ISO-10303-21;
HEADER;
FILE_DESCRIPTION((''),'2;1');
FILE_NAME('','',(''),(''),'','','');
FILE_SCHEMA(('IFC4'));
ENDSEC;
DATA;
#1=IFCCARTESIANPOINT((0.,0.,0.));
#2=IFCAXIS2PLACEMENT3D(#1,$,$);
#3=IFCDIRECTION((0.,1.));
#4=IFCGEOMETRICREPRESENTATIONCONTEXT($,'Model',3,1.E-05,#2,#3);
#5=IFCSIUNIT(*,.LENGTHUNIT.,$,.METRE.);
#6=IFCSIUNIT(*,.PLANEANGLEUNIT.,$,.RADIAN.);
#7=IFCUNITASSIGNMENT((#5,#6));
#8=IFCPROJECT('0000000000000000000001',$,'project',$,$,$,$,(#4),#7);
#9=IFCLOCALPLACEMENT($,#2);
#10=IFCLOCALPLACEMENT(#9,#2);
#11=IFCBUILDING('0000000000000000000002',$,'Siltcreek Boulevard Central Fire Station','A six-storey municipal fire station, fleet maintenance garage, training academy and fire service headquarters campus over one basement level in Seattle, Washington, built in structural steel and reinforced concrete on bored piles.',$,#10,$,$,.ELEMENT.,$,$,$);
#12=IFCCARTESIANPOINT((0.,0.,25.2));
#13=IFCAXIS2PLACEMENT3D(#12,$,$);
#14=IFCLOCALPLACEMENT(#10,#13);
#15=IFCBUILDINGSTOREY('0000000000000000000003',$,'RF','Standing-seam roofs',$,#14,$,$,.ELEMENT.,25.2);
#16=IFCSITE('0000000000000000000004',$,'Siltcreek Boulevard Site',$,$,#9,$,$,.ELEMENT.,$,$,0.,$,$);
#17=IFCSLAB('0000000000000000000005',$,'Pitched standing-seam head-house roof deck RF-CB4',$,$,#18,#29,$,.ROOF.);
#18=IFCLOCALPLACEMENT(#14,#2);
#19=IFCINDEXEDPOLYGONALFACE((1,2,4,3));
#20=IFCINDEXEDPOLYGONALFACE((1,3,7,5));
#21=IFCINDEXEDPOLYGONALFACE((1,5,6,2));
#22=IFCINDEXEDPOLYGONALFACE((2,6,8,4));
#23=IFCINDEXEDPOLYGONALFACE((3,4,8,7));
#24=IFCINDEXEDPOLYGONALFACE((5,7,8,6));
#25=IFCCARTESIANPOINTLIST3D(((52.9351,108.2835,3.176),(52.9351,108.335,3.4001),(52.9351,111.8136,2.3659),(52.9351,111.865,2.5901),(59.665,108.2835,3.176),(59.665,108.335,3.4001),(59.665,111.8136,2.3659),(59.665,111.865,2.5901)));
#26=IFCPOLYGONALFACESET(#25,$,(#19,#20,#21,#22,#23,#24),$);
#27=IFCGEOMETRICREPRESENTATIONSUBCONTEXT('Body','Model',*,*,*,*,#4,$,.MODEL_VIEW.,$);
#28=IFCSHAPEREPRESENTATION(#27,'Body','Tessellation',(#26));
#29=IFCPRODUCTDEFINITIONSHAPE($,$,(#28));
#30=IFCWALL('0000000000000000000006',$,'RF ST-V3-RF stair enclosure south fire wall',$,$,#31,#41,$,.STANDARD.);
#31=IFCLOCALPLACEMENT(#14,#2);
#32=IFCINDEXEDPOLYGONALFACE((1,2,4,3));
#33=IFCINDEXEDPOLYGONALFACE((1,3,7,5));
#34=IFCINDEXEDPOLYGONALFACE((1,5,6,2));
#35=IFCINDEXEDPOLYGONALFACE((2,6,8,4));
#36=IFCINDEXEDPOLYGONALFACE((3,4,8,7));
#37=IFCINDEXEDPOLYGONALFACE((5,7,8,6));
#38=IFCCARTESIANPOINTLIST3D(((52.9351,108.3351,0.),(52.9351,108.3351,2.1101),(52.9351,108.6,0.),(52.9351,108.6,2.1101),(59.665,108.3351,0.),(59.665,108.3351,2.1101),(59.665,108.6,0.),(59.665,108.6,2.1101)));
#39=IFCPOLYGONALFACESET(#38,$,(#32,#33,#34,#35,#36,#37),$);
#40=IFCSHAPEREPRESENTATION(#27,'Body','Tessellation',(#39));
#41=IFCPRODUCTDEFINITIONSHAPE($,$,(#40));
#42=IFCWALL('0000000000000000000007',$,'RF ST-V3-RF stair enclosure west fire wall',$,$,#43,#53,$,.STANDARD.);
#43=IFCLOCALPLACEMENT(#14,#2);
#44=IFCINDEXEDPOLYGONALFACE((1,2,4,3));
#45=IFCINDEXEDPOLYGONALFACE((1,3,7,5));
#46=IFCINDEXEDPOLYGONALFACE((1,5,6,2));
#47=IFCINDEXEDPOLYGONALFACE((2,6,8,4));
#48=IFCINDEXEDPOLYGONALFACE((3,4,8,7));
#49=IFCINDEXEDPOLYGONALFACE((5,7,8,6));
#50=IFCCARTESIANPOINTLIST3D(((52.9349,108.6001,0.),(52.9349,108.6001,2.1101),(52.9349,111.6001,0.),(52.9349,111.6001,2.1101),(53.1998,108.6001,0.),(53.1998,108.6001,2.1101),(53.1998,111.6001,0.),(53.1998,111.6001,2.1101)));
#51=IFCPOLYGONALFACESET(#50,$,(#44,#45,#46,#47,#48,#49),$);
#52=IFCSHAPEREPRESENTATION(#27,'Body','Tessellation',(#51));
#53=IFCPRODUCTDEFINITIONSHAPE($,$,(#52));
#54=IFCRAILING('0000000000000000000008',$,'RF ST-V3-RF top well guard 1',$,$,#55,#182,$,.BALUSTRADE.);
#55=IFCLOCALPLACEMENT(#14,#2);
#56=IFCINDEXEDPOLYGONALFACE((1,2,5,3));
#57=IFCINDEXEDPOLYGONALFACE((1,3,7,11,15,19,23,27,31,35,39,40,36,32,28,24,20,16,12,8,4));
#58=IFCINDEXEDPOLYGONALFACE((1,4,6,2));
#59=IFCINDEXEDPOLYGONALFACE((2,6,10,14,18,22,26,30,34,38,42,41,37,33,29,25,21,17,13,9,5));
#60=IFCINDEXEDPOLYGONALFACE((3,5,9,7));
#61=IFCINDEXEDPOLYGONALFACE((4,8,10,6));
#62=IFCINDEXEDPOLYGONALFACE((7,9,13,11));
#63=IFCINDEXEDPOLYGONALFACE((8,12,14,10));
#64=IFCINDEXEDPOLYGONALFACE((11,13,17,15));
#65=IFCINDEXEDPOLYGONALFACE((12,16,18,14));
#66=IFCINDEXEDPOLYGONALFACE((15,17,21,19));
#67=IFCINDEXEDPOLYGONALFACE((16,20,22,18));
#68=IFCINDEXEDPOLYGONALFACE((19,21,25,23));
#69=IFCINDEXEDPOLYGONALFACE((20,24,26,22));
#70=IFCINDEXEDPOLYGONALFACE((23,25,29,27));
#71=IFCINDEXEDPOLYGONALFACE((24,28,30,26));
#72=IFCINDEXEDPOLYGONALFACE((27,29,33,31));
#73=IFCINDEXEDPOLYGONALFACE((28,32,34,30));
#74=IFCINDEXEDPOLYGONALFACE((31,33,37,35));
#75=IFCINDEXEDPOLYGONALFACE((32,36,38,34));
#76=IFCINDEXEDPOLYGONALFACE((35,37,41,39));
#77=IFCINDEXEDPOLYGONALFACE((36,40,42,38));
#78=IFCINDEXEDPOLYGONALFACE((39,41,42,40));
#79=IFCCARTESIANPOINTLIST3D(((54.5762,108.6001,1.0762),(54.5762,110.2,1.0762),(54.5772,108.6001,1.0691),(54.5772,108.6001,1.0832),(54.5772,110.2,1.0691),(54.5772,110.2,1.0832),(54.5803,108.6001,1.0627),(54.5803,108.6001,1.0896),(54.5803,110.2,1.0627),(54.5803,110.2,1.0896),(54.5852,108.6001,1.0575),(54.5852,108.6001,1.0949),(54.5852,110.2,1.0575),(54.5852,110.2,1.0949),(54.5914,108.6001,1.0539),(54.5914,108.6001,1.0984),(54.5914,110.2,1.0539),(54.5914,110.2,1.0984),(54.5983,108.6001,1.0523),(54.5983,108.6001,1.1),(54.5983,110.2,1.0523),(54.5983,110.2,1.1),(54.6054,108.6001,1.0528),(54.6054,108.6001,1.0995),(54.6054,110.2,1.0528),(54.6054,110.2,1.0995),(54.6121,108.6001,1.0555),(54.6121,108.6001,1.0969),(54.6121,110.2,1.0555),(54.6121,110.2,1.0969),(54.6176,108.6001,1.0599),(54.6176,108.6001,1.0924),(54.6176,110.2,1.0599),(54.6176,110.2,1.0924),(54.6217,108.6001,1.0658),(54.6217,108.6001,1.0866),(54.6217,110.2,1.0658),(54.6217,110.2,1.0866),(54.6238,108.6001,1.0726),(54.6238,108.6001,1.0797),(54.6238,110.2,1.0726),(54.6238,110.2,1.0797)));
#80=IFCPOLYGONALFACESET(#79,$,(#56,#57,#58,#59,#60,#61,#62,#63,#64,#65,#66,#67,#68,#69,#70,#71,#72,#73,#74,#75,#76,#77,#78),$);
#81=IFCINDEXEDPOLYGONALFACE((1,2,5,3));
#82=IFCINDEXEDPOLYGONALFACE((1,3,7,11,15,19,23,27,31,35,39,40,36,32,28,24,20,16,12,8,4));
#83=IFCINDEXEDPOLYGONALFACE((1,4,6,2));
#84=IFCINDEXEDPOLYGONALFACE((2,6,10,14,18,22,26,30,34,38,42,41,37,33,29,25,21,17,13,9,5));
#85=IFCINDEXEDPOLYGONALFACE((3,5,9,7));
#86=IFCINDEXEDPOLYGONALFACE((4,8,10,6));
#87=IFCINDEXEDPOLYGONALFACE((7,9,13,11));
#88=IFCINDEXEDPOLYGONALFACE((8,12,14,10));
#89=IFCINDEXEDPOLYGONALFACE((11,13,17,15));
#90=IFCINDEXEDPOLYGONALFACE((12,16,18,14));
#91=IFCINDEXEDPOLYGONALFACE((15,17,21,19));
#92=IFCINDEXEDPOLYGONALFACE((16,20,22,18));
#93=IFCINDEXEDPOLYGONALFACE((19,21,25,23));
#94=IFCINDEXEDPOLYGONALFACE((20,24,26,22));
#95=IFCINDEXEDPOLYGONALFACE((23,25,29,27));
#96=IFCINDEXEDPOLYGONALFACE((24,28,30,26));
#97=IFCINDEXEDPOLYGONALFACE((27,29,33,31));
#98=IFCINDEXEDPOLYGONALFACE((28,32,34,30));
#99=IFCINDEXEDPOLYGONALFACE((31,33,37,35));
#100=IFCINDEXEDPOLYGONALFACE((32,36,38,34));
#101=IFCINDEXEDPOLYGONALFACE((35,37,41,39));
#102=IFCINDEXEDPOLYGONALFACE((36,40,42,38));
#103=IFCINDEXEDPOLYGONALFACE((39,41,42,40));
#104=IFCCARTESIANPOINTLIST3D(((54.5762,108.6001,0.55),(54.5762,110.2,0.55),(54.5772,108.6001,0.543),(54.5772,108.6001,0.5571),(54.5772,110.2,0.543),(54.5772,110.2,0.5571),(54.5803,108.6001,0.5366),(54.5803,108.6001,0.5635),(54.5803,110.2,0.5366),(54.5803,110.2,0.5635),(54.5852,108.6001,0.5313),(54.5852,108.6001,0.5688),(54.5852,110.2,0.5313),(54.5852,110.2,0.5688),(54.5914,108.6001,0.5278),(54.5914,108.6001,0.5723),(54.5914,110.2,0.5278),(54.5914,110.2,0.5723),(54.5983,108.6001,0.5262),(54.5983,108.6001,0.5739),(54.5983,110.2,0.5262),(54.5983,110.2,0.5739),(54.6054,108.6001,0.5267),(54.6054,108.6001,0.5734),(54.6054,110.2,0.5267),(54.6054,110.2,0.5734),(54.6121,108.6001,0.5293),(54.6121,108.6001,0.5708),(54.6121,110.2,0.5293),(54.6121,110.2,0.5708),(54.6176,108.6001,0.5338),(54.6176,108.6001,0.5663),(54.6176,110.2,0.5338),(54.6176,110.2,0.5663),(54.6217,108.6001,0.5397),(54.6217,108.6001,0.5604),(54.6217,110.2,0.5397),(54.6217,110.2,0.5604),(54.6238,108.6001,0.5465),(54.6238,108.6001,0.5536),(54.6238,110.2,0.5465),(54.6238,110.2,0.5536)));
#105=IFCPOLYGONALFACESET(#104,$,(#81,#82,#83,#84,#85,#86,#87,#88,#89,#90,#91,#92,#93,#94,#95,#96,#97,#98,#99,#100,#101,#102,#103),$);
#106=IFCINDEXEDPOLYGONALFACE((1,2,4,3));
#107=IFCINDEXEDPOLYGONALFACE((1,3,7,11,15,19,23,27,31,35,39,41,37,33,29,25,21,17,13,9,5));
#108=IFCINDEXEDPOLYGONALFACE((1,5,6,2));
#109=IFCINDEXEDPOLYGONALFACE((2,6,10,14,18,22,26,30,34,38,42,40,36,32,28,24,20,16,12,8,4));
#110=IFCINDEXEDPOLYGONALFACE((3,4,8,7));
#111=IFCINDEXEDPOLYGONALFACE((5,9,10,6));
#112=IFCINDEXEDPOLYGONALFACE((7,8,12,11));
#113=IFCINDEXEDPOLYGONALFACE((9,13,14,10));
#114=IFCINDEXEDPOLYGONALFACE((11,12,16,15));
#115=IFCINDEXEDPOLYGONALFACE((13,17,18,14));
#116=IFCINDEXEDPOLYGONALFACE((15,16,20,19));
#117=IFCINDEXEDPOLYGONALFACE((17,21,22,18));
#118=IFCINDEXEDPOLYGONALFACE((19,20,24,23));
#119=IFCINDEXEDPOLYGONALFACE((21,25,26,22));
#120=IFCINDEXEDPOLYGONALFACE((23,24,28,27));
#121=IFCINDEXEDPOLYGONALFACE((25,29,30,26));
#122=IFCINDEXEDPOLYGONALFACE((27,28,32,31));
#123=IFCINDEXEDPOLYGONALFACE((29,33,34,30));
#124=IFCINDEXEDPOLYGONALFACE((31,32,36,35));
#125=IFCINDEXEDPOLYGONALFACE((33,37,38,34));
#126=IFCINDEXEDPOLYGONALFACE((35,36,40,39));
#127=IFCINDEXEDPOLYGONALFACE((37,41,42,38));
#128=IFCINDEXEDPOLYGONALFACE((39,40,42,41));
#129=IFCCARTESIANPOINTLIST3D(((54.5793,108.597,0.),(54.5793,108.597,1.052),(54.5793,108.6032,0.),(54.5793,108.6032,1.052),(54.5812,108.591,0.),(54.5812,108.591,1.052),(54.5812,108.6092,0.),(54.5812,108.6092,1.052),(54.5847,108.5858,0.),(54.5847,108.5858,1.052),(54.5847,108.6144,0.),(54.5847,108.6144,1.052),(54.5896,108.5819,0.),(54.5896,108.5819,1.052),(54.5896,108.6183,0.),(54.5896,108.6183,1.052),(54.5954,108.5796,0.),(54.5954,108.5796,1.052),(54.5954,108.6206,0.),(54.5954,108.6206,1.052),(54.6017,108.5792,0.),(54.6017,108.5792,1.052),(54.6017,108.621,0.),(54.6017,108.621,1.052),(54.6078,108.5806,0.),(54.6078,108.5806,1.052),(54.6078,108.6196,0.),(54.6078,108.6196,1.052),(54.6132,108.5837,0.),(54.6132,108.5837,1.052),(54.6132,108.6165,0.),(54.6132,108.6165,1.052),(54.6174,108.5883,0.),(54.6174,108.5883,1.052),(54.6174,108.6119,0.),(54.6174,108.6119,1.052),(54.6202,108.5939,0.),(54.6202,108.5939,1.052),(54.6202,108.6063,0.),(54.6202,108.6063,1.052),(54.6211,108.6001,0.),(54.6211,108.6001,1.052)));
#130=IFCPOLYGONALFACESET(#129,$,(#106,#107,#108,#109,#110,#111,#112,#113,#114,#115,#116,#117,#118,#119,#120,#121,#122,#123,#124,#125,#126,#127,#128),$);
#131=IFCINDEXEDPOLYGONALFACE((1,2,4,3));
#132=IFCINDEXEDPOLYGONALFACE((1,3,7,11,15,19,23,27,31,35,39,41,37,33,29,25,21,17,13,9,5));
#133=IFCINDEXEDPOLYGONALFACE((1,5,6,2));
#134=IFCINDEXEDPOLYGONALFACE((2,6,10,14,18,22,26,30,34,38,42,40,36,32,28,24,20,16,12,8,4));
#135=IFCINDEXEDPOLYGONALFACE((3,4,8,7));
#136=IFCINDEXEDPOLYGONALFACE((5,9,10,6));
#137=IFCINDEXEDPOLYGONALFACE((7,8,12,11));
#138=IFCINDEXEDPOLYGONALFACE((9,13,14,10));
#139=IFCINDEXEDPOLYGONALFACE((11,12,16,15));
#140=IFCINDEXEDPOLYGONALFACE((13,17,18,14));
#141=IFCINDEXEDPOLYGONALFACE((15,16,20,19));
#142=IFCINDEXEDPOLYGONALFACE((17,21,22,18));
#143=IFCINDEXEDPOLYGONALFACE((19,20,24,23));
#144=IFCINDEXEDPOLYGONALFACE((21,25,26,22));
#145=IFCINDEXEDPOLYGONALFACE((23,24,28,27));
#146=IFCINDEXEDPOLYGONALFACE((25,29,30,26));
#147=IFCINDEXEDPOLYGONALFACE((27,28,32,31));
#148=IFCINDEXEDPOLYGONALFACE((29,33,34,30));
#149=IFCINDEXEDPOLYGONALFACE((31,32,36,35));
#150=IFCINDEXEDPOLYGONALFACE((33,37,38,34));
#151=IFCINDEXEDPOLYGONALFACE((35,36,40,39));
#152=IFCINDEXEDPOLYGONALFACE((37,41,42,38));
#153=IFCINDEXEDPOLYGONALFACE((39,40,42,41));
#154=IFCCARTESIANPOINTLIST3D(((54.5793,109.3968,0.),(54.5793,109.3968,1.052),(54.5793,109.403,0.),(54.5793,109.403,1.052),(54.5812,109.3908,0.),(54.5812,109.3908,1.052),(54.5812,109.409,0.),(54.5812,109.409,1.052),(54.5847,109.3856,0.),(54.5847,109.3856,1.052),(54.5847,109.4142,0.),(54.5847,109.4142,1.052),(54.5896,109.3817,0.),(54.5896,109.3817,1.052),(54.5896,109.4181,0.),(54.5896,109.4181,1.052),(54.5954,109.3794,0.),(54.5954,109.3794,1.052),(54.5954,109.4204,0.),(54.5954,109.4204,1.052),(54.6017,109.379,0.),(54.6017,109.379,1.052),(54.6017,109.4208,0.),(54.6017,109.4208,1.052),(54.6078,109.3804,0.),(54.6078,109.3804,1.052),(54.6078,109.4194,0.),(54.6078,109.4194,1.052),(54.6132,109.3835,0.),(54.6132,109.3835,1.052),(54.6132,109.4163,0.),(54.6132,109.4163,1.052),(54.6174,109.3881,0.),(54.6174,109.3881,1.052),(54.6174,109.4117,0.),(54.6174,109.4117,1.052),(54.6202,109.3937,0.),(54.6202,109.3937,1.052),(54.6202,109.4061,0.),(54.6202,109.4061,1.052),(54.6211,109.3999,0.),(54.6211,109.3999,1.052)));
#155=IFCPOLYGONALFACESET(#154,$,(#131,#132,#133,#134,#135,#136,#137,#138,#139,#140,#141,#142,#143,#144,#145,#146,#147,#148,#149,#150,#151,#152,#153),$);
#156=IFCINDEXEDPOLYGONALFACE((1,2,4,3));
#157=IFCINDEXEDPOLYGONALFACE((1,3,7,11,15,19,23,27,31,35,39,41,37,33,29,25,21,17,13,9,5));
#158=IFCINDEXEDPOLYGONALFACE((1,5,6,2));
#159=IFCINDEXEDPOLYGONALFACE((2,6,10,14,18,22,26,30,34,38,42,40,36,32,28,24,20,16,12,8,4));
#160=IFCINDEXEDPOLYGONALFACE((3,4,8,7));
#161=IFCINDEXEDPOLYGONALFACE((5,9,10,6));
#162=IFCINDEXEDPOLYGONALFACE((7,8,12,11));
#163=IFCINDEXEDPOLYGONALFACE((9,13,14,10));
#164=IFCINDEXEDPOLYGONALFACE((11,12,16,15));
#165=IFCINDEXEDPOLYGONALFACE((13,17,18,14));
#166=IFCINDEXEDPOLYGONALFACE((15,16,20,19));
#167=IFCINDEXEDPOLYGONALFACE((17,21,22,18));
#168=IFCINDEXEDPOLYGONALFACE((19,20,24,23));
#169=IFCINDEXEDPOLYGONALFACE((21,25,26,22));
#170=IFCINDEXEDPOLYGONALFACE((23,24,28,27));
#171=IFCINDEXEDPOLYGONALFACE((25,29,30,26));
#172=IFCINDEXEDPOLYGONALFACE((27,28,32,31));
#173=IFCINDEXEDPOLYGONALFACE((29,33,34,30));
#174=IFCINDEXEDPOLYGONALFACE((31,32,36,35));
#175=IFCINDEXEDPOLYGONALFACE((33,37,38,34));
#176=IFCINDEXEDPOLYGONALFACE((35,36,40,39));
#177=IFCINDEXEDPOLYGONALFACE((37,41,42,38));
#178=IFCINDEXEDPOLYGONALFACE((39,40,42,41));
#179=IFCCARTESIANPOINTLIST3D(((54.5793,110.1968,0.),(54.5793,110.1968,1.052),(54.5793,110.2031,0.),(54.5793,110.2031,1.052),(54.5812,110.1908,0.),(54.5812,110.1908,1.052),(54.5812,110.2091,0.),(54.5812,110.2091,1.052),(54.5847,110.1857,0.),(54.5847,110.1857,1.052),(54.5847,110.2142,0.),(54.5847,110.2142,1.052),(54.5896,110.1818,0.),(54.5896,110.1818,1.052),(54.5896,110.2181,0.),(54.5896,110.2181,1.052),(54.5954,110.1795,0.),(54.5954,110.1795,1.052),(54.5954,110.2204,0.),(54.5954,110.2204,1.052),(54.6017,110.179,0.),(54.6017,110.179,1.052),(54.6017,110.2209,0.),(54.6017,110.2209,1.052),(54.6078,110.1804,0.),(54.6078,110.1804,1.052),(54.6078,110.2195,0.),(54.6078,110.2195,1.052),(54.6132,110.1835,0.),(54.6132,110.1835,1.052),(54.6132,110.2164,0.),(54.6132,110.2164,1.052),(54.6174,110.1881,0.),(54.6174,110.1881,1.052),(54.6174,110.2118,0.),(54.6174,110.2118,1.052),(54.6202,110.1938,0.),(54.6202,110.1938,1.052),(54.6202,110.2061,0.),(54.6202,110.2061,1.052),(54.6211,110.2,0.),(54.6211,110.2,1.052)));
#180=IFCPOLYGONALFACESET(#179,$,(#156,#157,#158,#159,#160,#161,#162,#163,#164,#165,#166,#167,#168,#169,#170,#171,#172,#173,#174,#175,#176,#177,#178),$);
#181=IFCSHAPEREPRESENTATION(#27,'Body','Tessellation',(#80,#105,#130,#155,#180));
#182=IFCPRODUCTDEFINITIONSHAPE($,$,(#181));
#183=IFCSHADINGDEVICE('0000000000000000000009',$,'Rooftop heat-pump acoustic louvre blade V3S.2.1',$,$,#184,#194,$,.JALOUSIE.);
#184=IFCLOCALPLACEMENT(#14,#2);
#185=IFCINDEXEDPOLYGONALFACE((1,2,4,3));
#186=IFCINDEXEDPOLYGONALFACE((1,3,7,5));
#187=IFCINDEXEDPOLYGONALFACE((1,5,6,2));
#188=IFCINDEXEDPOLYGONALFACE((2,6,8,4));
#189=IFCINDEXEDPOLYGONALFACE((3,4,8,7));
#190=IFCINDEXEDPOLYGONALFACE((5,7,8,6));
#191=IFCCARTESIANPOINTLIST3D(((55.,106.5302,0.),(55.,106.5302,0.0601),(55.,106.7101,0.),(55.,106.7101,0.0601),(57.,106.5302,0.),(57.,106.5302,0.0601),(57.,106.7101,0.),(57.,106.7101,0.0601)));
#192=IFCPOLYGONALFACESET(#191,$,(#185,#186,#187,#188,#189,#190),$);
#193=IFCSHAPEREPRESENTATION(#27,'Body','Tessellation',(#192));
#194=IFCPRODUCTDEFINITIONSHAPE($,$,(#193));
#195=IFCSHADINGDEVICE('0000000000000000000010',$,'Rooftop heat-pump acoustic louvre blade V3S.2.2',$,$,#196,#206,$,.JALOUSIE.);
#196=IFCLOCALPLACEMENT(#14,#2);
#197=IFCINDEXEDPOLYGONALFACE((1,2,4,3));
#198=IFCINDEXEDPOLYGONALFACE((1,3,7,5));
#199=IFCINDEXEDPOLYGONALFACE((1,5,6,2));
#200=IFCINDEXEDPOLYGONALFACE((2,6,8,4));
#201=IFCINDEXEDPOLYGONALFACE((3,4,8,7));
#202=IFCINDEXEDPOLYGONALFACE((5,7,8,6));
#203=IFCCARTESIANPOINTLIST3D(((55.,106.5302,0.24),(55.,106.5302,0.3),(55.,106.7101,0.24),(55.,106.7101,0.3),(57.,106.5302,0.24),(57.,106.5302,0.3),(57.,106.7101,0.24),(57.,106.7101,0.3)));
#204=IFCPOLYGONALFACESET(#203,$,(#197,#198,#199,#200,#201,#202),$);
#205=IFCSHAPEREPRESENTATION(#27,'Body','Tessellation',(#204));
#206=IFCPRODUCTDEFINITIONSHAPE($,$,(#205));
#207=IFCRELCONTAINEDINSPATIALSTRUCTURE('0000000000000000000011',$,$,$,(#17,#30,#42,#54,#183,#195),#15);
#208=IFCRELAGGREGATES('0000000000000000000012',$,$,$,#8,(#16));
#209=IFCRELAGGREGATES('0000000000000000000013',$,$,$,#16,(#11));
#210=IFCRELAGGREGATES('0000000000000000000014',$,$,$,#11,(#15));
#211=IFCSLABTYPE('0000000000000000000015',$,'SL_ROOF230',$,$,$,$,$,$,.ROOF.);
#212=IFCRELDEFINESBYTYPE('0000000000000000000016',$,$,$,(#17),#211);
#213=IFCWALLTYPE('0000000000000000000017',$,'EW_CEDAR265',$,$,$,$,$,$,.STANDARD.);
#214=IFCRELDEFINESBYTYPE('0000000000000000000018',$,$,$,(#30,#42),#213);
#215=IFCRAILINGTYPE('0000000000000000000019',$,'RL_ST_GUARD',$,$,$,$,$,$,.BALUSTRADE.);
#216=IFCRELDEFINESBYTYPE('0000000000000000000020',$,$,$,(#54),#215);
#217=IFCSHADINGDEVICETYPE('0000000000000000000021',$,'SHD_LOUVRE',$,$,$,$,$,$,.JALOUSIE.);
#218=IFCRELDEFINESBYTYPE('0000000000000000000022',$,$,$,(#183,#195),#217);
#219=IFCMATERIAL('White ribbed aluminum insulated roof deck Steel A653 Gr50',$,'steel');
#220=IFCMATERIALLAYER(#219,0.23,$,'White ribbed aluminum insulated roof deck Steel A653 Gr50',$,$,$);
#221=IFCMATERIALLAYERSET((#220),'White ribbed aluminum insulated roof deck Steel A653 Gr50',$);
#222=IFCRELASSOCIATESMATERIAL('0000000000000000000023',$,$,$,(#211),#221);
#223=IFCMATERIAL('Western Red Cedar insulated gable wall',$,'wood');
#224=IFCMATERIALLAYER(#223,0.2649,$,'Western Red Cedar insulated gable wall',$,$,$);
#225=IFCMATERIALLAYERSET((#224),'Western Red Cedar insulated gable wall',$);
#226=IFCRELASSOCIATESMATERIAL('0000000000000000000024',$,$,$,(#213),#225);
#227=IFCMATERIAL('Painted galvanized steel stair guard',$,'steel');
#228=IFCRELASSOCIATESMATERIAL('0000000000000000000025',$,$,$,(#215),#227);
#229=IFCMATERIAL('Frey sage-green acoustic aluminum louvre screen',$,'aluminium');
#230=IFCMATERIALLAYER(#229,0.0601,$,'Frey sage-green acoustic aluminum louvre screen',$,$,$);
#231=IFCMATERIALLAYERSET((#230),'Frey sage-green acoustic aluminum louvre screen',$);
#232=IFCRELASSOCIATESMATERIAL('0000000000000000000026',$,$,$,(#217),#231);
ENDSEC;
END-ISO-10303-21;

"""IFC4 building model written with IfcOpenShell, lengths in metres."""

from ifc_helpers import new_model, si_unit, direction, frame, frame_2d, origin, origin_2d, place, context, subcontext, project, spatial, polyline, rectangle, circle, outline, extrude, material, layer, layer_set, type_object, element, save


model = new_model("IFC4")

# Units and contexts
model_context = context("Model", 3, precision=1e-05, world=origin(), true_north=direction((0.0, 1.0)))
body_context = subcontext(model_context, "Body", "Model", "MODEL_VIEW")
ifc_project = project(units=[si_unit("LENGTHUNIT", "METRE"), si_unit("PLANEANGLEUNIT", "RADIAN")], contexts=[model_context])

# Site, building, storey
site_placement = place(None, origin())
site = spatial("IfcSite", under=ifc_project, at=site_placement, Name="Siltcreek Boulevard Site", CompositionType="ELEMENT", RefElevation=0.0)
building_placement = place(site_placement, origin())
building = spatial("IfcBuilding", under=site, at=building_placement, Name="Siltcreek Boulevard Central Fire Station", Description="A six-storey municipal fire station, fleet maintenance garage, training academy and fire service headquarters campus over one basement level in Seattle, Washington, built in structural steel and reinforced concrete on bored piles.", CompositionType="ELEMENT")
storey_placement = place(building_placement, frame((0.0, 0.0, 25.2)))
storey = spatial("IfcBuildingStorey", under=building, at=storey_placement, Name="RF", Description="Standing-seam roofs", CompositionType="ELEMENT", Elevation=25.2)

# Slab
ifc_material_1 = material(Name="White ribbed aluminum insulated roof deck Steel A653 Gr50", Category="steel")
ifc_layer_1 = layer(ifc_material_1, 0.23, Name="White ribbed aluminum insulated roof deck Steel A653 Gr50")
ifc_layer_set_1 = layer_set([ifc_layer_1], Name="White ribbed aluminum insulated roof deck Steel A653 Gr50")
slab_type = type_object("IfcSlabType", Name="SL_ROOF230", PredefinedType="ROOF", material=ifc_layer_set_1)
slab_placement = place(storey_placement, frame((52.9351, 108.335, 3.4001), z_axis=(0.0, 0.223663, 0.974667), x_axis=(1.0, 0.0, 0.0)))
element("IfcSlab", 1, at=slab_placement, inside=storey, type_object=slab_type, Name="Pitched standing-seam head-house roof deck RF-CB4", PredefinedType="ROOF", context=body_context, shape_type="SweptSolid", body=[
    extrude(outline(polyline([(0.0, 0.0), (6.73, 0.0), (6.73, 3.6218), (0.0, 3.6218), (0.0, 0.0)])), origin(), (0.0, 0.0, -1.0), 0.23),
])

# Walls
ifc_material_2 = material(Name="Western Red Cedar insulated gable wall", Category="wood")
ifc_layer_2 = layer(ifc_material_2, 0.2649, Name="Western Red Cedar insulated gable wall")
ifc_layer_set_2 = layer_set([ifc_layer_2], Name="Western Red Cedar insulated gable wall")
wall_type = type_object("IfcWallType", Name="EW_CEDAR265", PredefinedType="STANDARD", material=ifc_layer_set_2)
wall_1_placement = place(storey_placement, frame((52.9351, 108.4675, 0.0), z_axis=(0.0, 0.0, 1.0), x_axis=(1.0, 0.0, 0.0)))
element("IfcWall", 2, at=wall_1_placement, inside=storey, type_object=wall_type, Name="RF ST-V3-RF stair enclosure south fire wall", PredefinedType="STANDARD", context=body_context, shape_type="SweptSolid", body=[
    extrude(rectangle(XDim=6.73, YDim=0.2649, at=frame_2d((3.365, 0.0))), origin(), (0.0, 0.0, 1.0), 2.1101),
])
wall_2_placement = place(storey_placement, frame((53.0674, 111.6001, 0.0), z_axis=(0.0, 0.0, 1.0), x_axis=(0.0, -1.0, 0.0)))
element("IfcWall", 3, at=wall_2_placement, inside=storey, type_object=wall_type, Name="RF ST-V3-RF stair enclosure west fire wall", PredefinedType="STANDARD", context=body_context, shape_type="SweptSolid", body=[
    extrude(rectangle(XDim=3.0, YDim=0.2649, at=frame_2d((1.5, 0.0))), origin(), (0.0, 0.0, 1.0), 2.1101),
])

# Railing
ifc_material_3 = material(Name="Painted galvanized steel stair guard", Category="steel")
railing_type = type_object("IfcRailingType", Name="RL_ST_GUARD", PredefinedType="BALUSTRADE", material=ifc_material_3)
railing_placement = place(storey_placement, frame((54.6001, 108.6001, 0.0)))
element("IfcRailing", 4, at=railing_placement, inside=storey, type_object=railing_type, Name="RF ST-V3-RF top well guard 1", PredefinedType="BALUSTRADE", context=body_context, shape_type="SweptSolid", body=[
    extrude(circle(Radius=0.0239, at=origin_2d()), frame((0.0, 0.0, 1.0762), z_axis=(0.0, 1.0, 0.0), x_axis=(-1.0, 0.0, 0.0)), (0.0, 0.0, 1.0), 1.5999),
    extrude(circle(Radius=0.0239, at=origin_2d()), frame((0.0, 0.0, 0.55), z_axis=(0.0, 1.0, 0.0), x_axis=(-1.0, 0.0, 0.0)), (0.0, 0.0, 1.0), 1.5999),
    extrude(circle(Radius=0.021, at=origin_2d()), origin(), (0.0, 0.0, 1.0), 1.052),
    extrude(circle(Radius=0.021, at=origin_2d()), frame((0.0, 0.7998, 0.0)), (0.0, 0.0, 1.0), 1.052),
    extrude(circle(Radius=0.021, at=origin_2d()), frame((0.0, 1.5999, 0.0)), (0.0, 0.0, 1.0), 1.052),
])

# Shading devices
ifc_material_4 = material(Name="Frey sage-green acoustic aluminum louvre screen", Category="aluminium")
ifc_layer_3 = layer(ifc_material_4, 0.0601, Name="Frey sage-green acoustic aluminum louvre screen")
ifc_layer_set_3 = layer_set([ifc_layer_3], Name="Frey sage-green acoustic aluminum louvre screen")
shading_device_type = type_object("IfcShadingDeviceType", Name="SHD_LOUVRE", PredefinedType="JALOUSIE", material=ifc_layer_set_3)
for number, where, z_axis, x_axis, name in (
    (5, (56.0, 106.6201, 0.0), (0.0, 0.0, 1.0), (1.0, 0.0, 0.0), "Rooftop heat-pump acoustic louvre blade V3S.2.1"),
    (6, (56.0, 106.6201, 0.24), (0.0, 0.0, 1.0), (1.0, 0.0, 0.0), "Rooftop heat-pump acoustic louvre blade V3S.2.2"),
):
    element("IfcShadingDevice", number, at=place(storey_placement, frame(where, z_axis=z_axis, x_axis=x_axis)), inside=storey, type_object=shading_device_type, Name=name, PredefinedType="JALOUSIE", context=body_context, shape_type="SweptSolid", body=[
        extrude(rectangle(XDim=2.0, YDim=0.1799, at=origin_2d()), origin(), (0.0, 0.0, 1.0), 0.0601),
    ])

save(model, "model.ifc")
